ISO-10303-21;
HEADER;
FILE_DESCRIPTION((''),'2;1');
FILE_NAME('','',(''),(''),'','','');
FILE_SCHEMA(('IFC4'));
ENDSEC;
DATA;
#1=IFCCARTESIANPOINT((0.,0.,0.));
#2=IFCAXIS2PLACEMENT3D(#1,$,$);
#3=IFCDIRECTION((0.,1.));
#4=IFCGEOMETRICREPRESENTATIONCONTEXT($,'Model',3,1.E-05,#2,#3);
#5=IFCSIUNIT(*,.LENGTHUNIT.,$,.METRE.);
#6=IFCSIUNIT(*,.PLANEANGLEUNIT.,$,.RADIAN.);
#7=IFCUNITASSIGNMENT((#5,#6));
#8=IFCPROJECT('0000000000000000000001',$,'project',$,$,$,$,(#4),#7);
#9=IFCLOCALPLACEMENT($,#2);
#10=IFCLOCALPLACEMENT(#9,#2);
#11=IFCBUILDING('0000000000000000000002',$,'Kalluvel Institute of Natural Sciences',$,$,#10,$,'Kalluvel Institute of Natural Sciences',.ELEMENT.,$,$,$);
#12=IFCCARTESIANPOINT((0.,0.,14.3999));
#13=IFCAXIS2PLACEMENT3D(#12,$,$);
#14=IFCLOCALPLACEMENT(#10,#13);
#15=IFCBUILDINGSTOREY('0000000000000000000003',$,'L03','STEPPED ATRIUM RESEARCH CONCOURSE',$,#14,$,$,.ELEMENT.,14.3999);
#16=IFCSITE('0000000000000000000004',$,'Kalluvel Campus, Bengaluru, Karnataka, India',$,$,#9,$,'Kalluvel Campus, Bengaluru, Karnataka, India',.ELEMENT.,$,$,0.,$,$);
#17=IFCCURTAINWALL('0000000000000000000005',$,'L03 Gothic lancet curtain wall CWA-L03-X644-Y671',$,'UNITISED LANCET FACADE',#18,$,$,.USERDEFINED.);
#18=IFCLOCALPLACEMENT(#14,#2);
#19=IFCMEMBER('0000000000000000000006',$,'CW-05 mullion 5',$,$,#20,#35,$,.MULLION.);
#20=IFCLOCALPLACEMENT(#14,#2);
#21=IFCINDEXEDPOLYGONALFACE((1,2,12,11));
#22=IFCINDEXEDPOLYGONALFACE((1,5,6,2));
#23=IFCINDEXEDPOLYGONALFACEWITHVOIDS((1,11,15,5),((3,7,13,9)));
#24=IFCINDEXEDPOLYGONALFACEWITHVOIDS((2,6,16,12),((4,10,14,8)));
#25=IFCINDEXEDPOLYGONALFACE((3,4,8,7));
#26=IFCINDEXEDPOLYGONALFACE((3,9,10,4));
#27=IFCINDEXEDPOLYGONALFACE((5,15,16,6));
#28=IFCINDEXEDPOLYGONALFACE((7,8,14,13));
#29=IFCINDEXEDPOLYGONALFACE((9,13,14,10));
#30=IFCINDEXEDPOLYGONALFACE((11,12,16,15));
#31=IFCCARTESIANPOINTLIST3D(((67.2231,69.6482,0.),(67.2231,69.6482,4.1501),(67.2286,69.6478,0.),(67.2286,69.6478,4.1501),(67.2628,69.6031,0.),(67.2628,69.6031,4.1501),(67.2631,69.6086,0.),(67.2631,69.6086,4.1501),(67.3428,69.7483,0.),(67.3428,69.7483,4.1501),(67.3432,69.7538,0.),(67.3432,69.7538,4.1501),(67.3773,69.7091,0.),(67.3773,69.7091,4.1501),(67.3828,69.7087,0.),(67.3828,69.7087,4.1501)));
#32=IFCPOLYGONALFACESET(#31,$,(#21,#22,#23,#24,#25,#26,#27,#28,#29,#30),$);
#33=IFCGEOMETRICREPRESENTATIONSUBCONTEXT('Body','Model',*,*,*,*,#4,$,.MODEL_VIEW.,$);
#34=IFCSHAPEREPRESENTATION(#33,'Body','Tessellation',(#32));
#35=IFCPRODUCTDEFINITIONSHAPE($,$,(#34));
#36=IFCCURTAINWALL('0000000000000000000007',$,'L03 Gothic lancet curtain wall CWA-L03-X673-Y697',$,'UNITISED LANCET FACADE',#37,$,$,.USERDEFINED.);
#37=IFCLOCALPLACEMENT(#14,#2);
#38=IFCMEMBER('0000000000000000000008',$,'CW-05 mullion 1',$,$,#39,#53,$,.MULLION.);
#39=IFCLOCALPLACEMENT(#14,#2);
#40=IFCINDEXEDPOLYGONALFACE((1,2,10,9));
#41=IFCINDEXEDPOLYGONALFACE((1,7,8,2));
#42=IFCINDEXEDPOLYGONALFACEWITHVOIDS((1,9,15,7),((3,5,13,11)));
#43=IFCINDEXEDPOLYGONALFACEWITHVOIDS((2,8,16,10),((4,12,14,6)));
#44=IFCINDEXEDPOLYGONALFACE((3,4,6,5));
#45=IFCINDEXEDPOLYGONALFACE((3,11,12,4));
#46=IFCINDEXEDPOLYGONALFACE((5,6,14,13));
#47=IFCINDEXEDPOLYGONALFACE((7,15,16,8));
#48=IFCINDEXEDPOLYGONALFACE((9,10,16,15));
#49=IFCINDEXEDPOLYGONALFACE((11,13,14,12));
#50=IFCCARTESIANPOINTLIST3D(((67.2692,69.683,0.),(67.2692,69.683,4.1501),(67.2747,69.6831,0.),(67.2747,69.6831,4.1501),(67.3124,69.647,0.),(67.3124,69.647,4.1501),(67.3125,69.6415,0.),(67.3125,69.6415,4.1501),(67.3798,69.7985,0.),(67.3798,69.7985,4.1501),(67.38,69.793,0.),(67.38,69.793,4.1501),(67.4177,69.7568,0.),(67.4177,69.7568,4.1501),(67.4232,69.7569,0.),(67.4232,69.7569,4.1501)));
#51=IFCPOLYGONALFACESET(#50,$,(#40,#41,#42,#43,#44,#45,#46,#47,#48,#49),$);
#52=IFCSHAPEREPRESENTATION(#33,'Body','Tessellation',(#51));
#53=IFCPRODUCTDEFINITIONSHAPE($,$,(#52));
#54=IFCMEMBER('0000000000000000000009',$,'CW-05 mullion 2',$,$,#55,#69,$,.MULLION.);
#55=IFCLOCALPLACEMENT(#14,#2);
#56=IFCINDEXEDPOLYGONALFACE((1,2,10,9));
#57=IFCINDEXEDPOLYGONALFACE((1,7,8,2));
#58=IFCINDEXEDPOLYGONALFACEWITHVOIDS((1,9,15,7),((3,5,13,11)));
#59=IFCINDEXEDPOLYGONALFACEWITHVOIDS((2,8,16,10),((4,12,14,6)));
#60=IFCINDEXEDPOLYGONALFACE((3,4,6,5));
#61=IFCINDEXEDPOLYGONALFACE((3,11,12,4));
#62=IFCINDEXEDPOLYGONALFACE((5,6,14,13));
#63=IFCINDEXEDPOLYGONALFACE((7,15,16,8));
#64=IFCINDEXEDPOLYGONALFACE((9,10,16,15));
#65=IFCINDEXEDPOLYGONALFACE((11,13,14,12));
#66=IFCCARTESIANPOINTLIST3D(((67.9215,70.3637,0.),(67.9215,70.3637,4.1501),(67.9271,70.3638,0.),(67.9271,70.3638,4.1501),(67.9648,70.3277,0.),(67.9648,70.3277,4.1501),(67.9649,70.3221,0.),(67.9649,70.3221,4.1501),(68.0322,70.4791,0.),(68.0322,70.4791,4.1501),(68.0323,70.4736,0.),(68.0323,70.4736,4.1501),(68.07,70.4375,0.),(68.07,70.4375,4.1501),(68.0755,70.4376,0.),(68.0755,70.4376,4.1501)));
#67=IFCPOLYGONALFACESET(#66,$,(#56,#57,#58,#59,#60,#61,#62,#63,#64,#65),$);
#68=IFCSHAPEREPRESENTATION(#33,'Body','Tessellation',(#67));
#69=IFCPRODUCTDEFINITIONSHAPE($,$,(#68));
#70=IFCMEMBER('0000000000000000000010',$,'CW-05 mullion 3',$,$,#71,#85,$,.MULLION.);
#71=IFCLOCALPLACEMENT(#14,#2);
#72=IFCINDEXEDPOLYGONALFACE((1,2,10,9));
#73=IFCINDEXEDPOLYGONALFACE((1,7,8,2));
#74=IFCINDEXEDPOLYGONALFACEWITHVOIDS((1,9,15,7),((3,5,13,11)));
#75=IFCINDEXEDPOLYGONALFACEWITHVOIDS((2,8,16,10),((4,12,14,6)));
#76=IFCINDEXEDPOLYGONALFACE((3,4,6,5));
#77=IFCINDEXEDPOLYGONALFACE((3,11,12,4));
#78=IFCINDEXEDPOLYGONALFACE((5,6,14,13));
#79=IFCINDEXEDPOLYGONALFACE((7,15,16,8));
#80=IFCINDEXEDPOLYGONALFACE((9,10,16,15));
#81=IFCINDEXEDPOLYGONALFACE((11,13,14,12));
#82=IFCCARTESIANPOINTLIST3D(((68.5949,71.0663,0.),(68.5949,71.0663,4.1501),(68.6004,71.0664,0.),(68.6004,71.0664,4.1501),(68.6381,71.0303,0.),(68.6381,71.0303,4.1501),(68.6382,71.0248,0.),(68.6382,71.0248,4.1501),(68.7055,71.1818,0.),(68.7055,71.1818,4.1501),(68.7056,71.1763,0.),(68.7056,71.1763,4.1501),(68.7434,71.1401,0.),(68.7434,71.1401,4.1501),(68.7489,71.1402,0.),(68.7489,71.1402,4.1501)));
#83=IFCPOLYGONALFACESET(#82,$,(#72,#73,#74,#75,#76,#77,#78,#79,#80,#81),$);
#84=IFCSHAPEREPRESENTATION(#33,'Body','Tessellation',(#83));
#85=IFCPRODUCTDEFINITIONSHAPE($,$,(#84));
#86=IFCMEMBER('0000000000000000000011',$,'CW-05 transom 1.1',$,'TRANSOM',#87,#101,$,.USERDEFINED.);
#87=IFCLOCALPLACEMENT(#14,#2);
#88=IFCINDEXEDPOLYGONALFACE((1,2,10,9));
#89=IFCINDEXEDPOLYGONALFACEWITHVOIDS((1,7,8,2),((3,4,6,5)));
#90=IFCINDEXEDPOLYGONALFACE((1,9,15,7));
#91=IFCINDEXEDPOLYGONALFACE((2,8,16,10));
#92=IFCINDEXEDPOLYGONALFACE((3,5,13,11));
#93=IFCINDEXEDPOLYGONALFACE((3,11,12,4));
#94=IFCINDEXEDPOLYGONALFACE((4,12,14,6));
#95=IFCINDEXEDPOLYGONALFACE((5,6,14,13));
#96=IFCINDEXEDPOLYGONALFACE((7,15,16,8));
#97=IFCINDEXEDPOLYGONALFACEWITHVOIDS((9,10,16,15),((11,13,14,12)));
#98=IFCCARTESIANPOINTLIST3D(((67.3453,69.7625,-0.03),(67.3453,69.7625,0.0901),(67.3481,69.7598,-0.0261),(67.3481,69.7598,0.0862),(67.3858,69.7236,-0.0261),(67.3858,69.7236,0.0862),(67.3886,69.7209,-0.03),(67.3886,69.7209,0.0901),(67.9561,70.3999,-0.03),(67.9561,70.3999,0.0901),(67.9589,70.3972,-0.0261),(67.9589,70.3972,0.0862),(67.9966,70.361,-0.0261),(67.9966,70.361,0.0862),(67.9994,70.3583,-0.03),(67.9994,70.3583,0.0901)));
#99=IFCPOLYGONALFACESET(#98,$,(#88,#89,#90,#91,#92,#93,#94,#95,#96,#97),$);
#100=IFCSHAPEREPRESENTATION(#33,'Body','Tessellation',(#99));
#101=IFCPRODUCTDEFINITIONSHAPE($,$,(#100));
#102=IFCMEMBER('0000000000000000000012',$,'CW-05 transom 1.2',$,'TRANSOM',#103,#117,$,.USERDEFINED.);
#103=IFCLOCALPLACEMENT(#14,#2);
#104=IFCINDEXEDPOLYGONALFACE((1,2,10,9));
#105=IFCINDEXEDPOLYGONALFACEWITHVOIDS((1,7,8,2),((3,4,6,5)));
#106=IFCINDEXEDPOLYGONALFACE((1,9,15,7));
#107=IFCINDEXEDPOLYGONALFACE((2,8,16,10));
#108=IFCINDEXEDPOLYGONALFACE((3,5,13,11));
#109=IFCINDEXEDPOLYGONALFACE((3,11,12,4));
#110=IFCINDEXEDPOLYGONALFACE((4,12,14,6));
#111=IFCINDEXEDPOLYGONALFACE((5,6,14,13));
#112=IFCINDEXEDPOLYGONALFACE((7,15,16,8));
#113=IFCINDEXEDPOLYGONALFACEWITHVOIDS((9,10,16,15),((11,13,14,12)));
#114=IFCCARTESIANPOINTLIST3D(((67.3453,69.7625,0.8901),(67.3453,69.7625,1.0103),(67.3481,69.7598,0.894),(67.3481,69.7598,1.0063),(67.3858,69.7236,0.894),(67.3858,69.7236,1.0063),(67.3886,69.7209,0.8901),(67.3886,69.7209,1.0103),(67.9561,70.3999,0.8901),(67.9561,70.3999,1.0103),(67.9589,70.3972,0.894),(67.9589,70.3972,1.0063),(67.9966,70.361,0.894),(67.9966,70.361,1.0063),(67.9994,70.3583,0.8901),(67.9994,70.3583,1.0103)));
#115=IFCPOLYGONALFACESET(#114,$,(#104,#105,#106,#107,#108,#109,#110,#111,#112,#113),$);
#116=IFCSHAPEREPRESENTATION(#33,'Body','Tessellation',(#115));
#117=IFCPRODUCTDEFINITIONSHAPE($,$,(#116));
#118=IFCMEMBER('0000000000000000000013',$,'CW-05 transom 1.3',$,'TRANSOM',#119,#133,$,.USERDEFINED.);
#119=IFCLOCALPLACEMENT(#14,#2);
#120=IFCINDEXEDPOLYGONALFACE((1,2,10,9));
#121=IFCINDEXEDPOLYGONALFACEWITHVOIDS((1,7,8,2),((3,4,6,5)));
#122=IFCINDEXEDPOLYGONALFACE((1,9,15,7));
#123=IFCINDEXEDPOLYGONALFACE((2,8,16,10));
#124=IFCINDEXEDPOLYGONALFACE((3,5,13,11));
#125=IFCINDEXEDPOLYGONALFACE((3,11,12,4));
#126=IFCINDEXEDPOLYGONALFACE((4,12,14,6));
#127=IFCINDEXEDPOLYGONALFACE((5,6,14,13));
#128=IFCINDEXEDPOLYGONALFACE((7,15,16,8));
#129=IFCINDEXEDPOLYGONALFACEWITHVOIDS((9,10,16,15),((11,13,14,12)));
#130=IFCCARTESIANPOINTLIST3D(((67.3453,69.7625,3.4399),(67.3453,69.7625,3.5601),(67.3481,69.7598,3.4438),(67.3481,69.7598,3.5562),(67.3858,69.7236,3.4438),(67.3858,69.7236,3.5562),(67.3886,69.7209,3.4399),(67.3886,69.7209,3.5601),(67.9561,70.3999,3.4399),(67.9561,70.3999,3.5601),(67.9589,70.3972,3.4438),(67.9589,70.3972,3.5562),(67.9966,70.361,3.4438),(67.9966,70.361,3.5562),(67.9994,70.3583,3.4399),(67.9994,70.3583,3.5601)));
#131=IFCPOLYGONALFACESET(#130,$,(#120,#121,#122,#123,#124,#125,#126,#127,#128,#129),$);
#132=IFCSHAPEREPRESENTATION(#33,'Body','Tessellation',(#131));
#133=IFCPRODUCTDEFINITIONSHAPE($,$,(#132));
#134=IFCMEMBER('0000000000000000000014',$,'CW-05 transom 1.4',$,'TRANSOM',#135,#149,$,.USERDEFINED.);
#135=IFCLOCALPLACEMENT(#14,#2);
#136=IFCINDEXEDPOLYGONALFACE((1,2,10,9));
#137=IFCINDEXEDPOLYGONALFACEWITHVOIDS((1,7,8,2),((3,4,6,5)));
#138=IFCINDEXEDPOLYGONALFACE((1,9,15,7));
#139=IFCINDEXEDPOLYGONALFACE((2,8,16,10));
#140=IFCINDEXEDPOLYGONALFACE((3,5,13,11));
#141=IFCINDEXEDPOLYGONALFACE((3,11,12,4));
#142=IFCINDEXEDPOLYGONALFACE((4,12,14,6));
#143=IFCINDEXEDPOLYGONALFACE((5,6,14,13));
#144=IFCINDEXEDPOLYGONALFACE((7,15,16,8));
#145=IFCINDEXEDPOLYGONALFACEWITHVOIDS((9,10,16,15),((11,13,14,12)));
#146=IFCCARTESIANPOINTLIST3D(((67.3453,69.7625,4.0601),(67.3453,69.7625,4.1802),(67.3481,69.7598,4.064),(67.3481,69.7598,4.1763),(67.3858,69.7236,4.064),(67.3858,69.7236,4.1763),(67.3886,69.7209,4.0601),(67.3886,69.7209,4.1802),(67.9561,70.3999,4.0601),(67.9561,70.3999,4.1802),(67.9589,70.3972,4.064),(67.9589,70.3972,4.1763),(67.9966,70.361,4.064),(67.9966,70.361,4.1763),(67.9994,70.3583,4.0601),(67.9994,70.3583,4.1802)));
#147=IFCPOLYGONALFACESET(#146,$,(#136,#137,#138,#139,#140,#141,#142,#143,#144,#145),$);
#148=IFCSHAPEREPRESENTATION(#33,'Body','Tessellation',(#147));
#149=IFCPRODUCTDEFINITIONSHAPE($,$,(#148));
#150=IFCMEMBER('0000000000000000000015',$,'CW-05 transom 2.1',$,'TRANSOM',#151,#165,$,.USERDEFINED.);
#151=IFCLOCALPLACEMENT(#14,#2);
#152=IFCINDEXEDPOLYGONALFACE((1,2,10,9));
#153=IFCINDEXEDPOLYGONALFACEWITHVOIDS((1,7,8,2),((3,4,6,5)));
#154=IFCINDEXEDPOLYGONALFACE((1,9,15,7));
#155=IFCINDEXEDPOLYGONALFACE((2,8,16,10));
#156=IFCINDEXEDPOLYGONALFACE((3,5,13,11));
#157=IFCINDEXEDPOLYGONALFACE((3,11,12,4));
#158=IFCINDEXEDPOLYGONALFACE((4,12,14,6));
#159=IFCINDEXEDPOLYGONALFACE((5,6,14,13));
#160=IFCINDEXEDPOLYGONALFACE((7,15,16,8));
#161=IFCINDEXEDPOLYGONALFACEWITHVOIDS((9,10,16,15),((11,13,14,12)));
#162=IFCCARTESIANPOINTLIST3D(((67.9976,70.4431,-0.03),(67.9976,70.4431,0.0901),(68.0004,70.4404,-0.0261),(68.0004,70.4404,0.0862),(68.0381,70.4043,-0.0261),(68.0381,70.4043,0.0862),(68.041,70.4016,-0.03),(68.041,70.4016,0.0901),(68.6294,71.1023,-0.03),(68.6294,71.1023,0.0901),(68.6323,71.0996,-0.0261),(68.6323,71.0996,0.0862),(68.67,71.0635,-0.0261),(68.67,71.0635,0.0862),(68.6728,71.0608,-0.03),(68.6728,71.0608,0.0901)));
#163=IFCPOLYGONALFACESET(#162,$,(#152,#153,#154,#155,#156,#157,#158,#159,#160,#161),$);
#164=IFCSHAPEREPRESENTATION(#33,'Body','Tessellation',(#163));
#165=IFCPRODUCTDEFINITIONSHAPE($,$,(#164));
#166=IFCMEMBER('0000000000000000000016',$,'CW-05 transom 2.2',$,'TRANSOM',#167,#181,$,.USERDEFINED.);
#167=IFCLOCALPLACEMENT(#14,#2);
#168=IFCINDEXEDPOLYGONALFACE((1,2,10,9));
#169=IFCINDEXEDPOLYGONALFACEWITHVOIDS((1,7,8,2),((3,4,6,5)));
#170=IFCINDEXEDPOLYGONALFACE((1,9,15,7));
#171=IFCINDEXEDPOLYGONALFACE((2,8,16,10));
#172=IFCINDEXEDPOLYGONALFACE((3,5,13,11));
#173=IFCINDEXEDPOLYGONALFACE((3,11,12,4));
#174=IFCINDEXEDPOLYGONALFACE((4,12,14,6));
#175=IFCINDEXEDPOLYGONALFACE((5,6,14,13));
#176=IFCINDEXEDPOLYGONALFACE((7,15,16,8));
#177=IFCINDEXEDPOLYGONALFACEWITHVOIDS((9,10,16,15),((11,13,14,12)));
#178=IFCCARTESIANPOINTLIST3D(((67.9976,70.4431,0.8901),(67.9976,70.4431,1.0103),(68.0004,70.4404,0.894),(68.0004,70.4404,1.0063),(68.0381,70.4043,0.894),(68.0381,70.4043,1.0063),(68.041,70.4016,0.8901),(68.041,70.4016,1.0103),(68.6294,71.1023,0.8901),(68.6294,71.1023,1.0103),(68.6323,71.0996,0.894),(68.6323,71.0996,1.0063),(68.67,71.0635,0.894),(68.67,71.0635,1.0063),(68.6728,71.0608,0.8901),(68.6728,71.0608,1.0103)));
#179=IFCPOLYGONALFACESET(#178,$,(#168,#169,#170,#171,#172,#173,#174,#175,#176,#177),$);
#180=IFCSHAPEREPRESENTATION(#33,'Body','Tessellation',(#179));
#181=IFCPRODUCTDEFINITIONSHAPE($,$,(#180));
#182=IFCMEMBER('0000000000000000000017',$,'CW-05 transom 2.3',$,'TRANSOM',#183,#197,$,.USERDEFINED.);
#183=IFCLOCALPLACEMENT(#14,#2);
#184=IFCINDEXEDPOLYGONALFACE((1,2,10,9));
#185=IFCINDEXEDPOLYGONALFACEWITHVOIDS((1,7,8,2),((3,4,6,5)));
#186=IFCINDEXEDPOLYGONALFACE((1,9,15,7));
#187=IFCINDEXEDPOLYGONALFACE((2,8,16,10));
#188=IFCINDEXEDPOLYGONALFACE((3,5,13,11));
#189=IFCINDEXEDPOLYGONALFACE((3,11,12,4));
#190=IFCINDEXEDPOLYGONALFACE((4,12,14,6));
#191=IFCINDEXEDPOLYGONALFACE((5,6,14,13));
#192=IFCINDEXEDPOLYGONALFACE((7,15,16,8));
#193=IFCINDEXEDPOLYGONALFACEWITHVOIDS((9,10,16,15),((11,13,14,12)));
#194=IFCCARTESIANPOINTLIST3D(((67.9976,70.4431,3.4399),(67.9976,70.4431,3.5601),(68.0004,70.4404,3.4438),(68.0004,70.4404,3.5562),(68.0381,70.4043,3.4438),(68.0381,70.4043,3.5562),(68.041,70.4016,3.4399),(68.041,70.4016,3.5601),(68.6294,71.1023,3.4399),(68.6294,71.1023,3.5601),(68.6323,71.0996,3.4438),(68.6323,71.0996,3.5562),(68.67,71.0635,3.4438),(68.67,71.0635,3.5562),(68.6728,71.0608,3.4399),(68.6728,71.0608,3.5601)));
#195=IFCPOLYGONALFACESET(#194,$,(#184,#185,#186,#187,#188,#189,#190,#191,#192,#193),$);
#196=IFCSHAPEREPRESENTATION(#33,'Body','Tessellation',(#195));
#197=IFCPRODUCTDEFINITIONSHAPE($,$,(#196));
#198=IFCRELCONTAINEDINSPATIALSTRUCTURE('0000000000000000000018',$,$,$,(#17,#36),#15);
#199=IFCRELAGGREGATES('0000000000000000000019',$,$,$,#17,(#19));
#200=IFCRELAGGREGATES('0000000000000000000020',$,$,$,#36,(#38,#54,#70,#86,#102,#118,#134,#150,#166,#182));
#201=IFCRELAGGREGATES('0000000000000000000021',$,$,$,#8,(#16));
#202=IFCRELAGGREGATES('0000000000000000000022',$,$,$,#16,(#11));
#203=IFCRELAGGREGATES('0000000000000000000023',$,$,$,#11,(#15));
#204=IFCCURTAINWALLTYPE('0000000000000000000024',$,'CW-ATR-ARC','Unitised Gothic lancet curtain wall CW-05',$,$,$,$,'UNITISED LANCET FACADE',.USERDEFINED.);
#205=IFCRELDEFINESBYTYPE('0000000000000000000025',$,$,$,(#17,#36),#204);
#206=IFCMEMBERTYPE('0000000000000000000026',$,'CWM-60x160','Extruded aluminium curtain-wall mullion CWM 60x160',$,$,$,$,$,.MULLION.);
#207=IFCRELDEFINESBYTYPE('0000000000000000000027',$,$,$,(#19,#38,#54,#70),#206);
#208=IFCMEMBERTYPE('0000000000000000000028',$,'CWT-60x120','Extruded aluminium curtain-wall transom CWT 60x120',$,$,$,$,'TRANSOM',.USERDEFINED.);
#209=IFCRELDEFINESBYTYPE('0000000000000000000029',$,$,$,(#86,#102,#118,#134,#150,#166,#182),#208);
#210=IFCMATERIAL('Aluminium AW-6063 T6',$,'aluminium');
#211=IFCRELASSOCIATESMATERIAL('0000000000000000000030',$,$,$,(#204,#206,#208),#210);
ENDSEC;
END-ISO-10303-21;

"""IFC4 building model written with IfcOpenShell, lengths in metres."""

from ifc_helpers import new_model, si_unit, direction, frame, origin, origin_2d, place, context, subcontext, project, spatial, hollow_rectangle, extrude, material, material_profile, profile_set, type_object, element, aggregate, save


model = new_model("IFC4")

# Units and contexts
model_context = context("Model", 3, precision=1e-05, world=origin(), true_north=direction((0.0, 1.0)))
body_context = subcontext(model_context, "Body", "Model", "MODEL_VIEW")
ifc_project = project(units=[si_unit("LENGTHUNIT", "METRE"), si_unit("PLANEANGLEUNIT", "RADIAN")], contexts=[model_context])

# Site, building, storey
site_placement = place(None, origin())
site = spatial("IfcSite", under=ifc_project, at=site_placement, Name="Kalluvel Campus, Bengaluru, Karnataka, India", LongName="Kalluvel Campus, Bengaluru, Karnataka, India", CompositionType="ELEMENT", RefElevation=0.0)
building_placement = place(site_placement, origin())
building = spatial("IfcBuilding", under=site, at=building_placement, Name="Kalluvel Institute of Natural Sciences", LongName="Kalluvel Institute of Natural Sciences", CompositionType="ELEMENT")
storey_placement = place(building_placement, frame((0.0, 0.0, 14.3999)))
storey = spatial("IfcBuildingStorey", under=building, at=storey_placement, Name="L03", Description="STEPPED ATRIUM RESEARCH CONCOURSE", CompositionType="ELEMENT", Elevation=14.3999)

# Curtain wall, member
ifc_material_1 = material(Name="Aluminium AW-6063 T6", Category="aluminium")
curtain_wall_type = type_object("IfcCurtainWallType", Name="CW-ATR-ARC", Description="Unitised Gothic lancet curtain wall CW-05", ElementType="UNITISED LANCET FACADE", PredefinedType="USERDEFINED", material=ifc_material_1)
curtain_wall_1_placement = place(storey_placement, origin())
curtain_wall_1 = element("IfcCurtainWall", 1, at=curtain_wall_1_placement, inside=storey, type_object=curtain_wall_type, Name="L03 Gothic lancet curtain wall CWA-L03-X644-Y671", ObjectType="UNITISED LANCET FACADE", PredefinedType="USERDEFINED")
ifc_material_profile_1 = material_profile(ifc_material_1, hollow_rectangle(XDim=0.0601, YDim=0.1599, WallThickness=0.0039, at=origin_2d()), Name="CWM 60x160")
ifc_profile_set_1 = profile_set([ifc_material_profile_1], Name="Aluminium AW-6063 T6")
member_type_1 = type_object("IfcMemberType", Name="CWM-60x160", Description="Extruded aluminium curtain-wall mullion CWM 60x160", PredefinedType="MULLION", material=ifc_profile_set_1)
member_1_placement = place(storey_placement, frame((67.303, 69.6785, 0.0), z_axis=(0.0, 0.0, 1.0), x_axis=(-0.660668, 0.750678, 0.0)))
member_1 = element("IfcMember", 2, at=member_1_placement, type_object=member_type_1, Name="CW-05 mullion 5", PredefinedType="MULLION", context=body_context, shape_type="SweptSolid", body=[
    extrude(hollow_rectangle(XDim=0.0601, YDim=0.1599, WallThickness=0.0039, at=origin_2d()), origin(), (0.0, 0.0, 1.0), 4.1501),
])

# Curtain wall, members
curtain_wall_2_placement = place(storey_placement, origin())
curtain_wall_2 = element("IfcCurtainWall", 3, at=curtain_wall_2_placement, inside=storey, type_object=curtain_wall_type, Name="L03 Gothic lancet curtain wall CWA-L03-X673-Y697", ObjectType="UNITISED LANCET FACADE", PredefinedType="USERDEFINED")
member_2_placement = place(storey_placement, frame((67.3462, 69.72, 0.0), z_axis=(0.0, 0.0, 1.0), x_axis=(-0.721966, 0.691929, 0.0)))
member_2 = element("IfcMember", 4, at=member_2_placement, type_object=member_type_1, Name="CW-05 mullion 1", PredefinedType="MULLION", context=body_context, shape_type="SweptSolid", body=[
    extrude(hollow_rectangle(XDim=0.0601, YDim=0.1599, WallThickness=0.0039, at=origin_2d()), origin(), (0.0, 0.0, 1.0), 4.1501),
])
member_3_placement = place(storey_placement, frame((67.9985, 70.4006, 0.0), z_axis=(0.0, 0.0, 1.0), x_axis=(-0.721966, 0.691929, 0.0)))
member_3 = element("IfcMember", 5, at=member_3_placement, type_object=member_type_1, Name="CW-05 mullion 2", PredefinedType="MULLION", context=body_context, shape_type="SweptSolid", body=[
    extrude(hollow_rectangle(XDim=0.0601, YDim=0.1599, WallThickness=0.0039, at=origin_2d()), origin(), (0.0, 0.0, 1.0), 4.1501),
])
member_4_placement = place(storey_placement, frame((68.6719, 71.1033, 0.0), z_axis=(0.0, 0.0, 1.0), x_axis=(-0.721966, 0.691929, 0.0)))
member_4 = element("IfcMember", 6, at=member_4_placement, type_object=member_type_1, Name="CW-05 mullion 3", PredefinedType="MULLION", context=body_context, shape_type="SweptSolid", body=[
    extrude(hollow_rectangle(XDim=0.0601, YDim=0.1599, WallThickness=0.0039, at=origin_2d()), origin(), (0.0, 0.0, 1.0), 4.1501),
])
ifc_material_profile_2 = material_profile(ifc_material_1, hollow_rectangle(XDim=0.0601, YDim=0.1201, WallThickness=0.0039, at=origin_2d()), Name="CWT 60x120")
ifc_profile_set_2 = profile_set([ifc_material_profile_2], Name="Aluminium AW-6063 T6")
member_type_2 = type_object("IfcMemberType", Name="CWT-60x120", Description="Extruded aluminium curtain-wall transom CWT 60x120", ElementType="TRANSOM", PredefinedType="USERDEFINED", material=ifc_profile_set_2)
member_5_placement = place(storey_placement, frame((67.3669, 69.7417, 0.03), z_axis=(0.691875, 0.722017, 0.0), x_axis=(-0.722017, 0.691875, 0.0)))
member_5 = element("IfcMember", 7, at=member_5_placement, type_object=member_type_2, Name="CW-05 transom 1.1", ObjectType="TRANSOM", PredefinedType="USERDEFINED", context=body_context, shape_type="SweptSolid", body=[
    extrude(hollow_rectangle(XDim=0.0601, YDim=0.1201, WallThickness=0.0039, at=origin_2d()), origin(), (0.0, 0.0, 1.0), 0.8828),
])
member_6_placement = place(storey_placement, frame((67.3669, 69.7417, 0.9502), z_axis=(0.691875, 0.722017, 0.0), x_axis=(-0.722017, 0.691875, 0.0)))
member_6 = element("IfcMember", 8, at=member_6_placement, type_object=member_type_2, Name="CW-05 transom 1.2", ObjectType="TRANSOM", PredefinedType="USERDEFINED", context=body_context, shape_type="SweptSolid", body=[
    extrude(hollow_rectangle(XDim=0.0601, YDim=0.1201, WallThickness=0.0039, at=origin_2d()), origin(), (0.0, 0.0, 1.0), 0.8828),
])
member_7_placement = place(storey_placement, frame((67.3669, 69.7417, 3.5), z_axis=(0.691875, 0.722017, 0.0), x_axis=(-0.722017, 0.691875, 0.0)))
member_7 = element("IfcMember", 9, at=member_7_placement, type_object=member_type_2, Name="CW-05 transom 1.3", ObjectType="TRANSOM", PredefinedType="USERDEFINED", context=body_context, shape_type="SweptSolid", body=[
    extrude(hollow_rectangle(XDim=0.0601, YDim=0.1201, WallThickness=0.0039, at=origin_2d()), origin(), (0.0, 0.0, 1.0), 0.8828),
])
member_8_placement = place(storey_placement, frame((67.3669, 69.7417, 4.1201), z_axis=(0.691875, 0.722017, 0.0), x_axis=(-0.722017, 0.691875, 0.0)))
member_8 = element("IfcMember", 10, at=member_8_placement, type_object=member_type_2, Name="CW-05 transom 1.4", ObjectType="TRANSOM", PredefinedType="USERDEFINED", context=body_context, shape_type="SweptSolid", body=[
    extrude(hollow_rectangle(XDim=0.0601, YDim=0.1201, WallThickness=0.0039, at=origin_2d()), origin(), (0.0, 0.0, 1.0), 0.8828),
])
member_9_placement = place(storey_placement, frame((68.0193, 70.4224, 0.03), z_axis=(0.691975, 0.721921, 0.0), x_axis=(-0.721921, 0.691975, 0.0)))
member_9 = element("IfcMember", 11, at=member_9_placement, type_object=member_type_2, Name="CW-05 transom 2.1", ObjectType="TRANSOM", PredefinedType="USERDEFINED", context=body_context, shape_type="SweptSolid", body=[
    extrude(hollow_rectangle(XDim=0.0601, YDim=0.1201, WallThickness=0.0039, at=origin_2d()), origin(), (0.0, 0.0, 1.0), 0.9131),
])
member_10_placement = place(storey_placement, frame((68.0193, 70.4224, 0.9502), z_axis=(0.691975, 0.721921, 0.0), x_axis=(-0.721921, 0.691975, 0.0)))
member_10 = element("IfcMember", 12, at=member_10_placement, type_object=member_type_2, Name="CW-05 transom 2.2", ObjectType="TRANSOM", PredefinedType="USERDEFINED", context=body_context, shape_type="SweptSolid", body=[
    extrude(hollow_rectangle(XDim=0.0601, YDim=0.1201, WallThickness=0.0039, at=origin_2d()), origin(), (0.0, 0.0, 1.0), 0.9131),
])
member_11_placement = place(storey_placement, frame((68.0193, 70.4224, 3.5), z_axis=(0.691975, 0.721921, 0.0), x_axis=(-0.721921, 0.691975, 0.0)))
member_11 = element("IfcMember", 13, at=member_11_placement, type_object=member_type_2, Name="CW-05 transom 2.3", ObjectType="TRANSOM", PredefinedType="USERDEFINED", context=body_context, shape_type="SweptSolid", body=[
    extrude(hollow_rectangle(XDim=0.0601, YDim=0.1201, WallThickness=0.0039, at=origin_2d()), origin(), (0.0, 0.0, 1.0), 0.9131),
])

aggregate(curtain_wall_1, [member_1])
aggregate(curtain_wall_2, [member_2, member_3, member_4, member_5, member_6, member_7, member_8, member_9, member_10, member_11])

save(model, "model.ifc")
